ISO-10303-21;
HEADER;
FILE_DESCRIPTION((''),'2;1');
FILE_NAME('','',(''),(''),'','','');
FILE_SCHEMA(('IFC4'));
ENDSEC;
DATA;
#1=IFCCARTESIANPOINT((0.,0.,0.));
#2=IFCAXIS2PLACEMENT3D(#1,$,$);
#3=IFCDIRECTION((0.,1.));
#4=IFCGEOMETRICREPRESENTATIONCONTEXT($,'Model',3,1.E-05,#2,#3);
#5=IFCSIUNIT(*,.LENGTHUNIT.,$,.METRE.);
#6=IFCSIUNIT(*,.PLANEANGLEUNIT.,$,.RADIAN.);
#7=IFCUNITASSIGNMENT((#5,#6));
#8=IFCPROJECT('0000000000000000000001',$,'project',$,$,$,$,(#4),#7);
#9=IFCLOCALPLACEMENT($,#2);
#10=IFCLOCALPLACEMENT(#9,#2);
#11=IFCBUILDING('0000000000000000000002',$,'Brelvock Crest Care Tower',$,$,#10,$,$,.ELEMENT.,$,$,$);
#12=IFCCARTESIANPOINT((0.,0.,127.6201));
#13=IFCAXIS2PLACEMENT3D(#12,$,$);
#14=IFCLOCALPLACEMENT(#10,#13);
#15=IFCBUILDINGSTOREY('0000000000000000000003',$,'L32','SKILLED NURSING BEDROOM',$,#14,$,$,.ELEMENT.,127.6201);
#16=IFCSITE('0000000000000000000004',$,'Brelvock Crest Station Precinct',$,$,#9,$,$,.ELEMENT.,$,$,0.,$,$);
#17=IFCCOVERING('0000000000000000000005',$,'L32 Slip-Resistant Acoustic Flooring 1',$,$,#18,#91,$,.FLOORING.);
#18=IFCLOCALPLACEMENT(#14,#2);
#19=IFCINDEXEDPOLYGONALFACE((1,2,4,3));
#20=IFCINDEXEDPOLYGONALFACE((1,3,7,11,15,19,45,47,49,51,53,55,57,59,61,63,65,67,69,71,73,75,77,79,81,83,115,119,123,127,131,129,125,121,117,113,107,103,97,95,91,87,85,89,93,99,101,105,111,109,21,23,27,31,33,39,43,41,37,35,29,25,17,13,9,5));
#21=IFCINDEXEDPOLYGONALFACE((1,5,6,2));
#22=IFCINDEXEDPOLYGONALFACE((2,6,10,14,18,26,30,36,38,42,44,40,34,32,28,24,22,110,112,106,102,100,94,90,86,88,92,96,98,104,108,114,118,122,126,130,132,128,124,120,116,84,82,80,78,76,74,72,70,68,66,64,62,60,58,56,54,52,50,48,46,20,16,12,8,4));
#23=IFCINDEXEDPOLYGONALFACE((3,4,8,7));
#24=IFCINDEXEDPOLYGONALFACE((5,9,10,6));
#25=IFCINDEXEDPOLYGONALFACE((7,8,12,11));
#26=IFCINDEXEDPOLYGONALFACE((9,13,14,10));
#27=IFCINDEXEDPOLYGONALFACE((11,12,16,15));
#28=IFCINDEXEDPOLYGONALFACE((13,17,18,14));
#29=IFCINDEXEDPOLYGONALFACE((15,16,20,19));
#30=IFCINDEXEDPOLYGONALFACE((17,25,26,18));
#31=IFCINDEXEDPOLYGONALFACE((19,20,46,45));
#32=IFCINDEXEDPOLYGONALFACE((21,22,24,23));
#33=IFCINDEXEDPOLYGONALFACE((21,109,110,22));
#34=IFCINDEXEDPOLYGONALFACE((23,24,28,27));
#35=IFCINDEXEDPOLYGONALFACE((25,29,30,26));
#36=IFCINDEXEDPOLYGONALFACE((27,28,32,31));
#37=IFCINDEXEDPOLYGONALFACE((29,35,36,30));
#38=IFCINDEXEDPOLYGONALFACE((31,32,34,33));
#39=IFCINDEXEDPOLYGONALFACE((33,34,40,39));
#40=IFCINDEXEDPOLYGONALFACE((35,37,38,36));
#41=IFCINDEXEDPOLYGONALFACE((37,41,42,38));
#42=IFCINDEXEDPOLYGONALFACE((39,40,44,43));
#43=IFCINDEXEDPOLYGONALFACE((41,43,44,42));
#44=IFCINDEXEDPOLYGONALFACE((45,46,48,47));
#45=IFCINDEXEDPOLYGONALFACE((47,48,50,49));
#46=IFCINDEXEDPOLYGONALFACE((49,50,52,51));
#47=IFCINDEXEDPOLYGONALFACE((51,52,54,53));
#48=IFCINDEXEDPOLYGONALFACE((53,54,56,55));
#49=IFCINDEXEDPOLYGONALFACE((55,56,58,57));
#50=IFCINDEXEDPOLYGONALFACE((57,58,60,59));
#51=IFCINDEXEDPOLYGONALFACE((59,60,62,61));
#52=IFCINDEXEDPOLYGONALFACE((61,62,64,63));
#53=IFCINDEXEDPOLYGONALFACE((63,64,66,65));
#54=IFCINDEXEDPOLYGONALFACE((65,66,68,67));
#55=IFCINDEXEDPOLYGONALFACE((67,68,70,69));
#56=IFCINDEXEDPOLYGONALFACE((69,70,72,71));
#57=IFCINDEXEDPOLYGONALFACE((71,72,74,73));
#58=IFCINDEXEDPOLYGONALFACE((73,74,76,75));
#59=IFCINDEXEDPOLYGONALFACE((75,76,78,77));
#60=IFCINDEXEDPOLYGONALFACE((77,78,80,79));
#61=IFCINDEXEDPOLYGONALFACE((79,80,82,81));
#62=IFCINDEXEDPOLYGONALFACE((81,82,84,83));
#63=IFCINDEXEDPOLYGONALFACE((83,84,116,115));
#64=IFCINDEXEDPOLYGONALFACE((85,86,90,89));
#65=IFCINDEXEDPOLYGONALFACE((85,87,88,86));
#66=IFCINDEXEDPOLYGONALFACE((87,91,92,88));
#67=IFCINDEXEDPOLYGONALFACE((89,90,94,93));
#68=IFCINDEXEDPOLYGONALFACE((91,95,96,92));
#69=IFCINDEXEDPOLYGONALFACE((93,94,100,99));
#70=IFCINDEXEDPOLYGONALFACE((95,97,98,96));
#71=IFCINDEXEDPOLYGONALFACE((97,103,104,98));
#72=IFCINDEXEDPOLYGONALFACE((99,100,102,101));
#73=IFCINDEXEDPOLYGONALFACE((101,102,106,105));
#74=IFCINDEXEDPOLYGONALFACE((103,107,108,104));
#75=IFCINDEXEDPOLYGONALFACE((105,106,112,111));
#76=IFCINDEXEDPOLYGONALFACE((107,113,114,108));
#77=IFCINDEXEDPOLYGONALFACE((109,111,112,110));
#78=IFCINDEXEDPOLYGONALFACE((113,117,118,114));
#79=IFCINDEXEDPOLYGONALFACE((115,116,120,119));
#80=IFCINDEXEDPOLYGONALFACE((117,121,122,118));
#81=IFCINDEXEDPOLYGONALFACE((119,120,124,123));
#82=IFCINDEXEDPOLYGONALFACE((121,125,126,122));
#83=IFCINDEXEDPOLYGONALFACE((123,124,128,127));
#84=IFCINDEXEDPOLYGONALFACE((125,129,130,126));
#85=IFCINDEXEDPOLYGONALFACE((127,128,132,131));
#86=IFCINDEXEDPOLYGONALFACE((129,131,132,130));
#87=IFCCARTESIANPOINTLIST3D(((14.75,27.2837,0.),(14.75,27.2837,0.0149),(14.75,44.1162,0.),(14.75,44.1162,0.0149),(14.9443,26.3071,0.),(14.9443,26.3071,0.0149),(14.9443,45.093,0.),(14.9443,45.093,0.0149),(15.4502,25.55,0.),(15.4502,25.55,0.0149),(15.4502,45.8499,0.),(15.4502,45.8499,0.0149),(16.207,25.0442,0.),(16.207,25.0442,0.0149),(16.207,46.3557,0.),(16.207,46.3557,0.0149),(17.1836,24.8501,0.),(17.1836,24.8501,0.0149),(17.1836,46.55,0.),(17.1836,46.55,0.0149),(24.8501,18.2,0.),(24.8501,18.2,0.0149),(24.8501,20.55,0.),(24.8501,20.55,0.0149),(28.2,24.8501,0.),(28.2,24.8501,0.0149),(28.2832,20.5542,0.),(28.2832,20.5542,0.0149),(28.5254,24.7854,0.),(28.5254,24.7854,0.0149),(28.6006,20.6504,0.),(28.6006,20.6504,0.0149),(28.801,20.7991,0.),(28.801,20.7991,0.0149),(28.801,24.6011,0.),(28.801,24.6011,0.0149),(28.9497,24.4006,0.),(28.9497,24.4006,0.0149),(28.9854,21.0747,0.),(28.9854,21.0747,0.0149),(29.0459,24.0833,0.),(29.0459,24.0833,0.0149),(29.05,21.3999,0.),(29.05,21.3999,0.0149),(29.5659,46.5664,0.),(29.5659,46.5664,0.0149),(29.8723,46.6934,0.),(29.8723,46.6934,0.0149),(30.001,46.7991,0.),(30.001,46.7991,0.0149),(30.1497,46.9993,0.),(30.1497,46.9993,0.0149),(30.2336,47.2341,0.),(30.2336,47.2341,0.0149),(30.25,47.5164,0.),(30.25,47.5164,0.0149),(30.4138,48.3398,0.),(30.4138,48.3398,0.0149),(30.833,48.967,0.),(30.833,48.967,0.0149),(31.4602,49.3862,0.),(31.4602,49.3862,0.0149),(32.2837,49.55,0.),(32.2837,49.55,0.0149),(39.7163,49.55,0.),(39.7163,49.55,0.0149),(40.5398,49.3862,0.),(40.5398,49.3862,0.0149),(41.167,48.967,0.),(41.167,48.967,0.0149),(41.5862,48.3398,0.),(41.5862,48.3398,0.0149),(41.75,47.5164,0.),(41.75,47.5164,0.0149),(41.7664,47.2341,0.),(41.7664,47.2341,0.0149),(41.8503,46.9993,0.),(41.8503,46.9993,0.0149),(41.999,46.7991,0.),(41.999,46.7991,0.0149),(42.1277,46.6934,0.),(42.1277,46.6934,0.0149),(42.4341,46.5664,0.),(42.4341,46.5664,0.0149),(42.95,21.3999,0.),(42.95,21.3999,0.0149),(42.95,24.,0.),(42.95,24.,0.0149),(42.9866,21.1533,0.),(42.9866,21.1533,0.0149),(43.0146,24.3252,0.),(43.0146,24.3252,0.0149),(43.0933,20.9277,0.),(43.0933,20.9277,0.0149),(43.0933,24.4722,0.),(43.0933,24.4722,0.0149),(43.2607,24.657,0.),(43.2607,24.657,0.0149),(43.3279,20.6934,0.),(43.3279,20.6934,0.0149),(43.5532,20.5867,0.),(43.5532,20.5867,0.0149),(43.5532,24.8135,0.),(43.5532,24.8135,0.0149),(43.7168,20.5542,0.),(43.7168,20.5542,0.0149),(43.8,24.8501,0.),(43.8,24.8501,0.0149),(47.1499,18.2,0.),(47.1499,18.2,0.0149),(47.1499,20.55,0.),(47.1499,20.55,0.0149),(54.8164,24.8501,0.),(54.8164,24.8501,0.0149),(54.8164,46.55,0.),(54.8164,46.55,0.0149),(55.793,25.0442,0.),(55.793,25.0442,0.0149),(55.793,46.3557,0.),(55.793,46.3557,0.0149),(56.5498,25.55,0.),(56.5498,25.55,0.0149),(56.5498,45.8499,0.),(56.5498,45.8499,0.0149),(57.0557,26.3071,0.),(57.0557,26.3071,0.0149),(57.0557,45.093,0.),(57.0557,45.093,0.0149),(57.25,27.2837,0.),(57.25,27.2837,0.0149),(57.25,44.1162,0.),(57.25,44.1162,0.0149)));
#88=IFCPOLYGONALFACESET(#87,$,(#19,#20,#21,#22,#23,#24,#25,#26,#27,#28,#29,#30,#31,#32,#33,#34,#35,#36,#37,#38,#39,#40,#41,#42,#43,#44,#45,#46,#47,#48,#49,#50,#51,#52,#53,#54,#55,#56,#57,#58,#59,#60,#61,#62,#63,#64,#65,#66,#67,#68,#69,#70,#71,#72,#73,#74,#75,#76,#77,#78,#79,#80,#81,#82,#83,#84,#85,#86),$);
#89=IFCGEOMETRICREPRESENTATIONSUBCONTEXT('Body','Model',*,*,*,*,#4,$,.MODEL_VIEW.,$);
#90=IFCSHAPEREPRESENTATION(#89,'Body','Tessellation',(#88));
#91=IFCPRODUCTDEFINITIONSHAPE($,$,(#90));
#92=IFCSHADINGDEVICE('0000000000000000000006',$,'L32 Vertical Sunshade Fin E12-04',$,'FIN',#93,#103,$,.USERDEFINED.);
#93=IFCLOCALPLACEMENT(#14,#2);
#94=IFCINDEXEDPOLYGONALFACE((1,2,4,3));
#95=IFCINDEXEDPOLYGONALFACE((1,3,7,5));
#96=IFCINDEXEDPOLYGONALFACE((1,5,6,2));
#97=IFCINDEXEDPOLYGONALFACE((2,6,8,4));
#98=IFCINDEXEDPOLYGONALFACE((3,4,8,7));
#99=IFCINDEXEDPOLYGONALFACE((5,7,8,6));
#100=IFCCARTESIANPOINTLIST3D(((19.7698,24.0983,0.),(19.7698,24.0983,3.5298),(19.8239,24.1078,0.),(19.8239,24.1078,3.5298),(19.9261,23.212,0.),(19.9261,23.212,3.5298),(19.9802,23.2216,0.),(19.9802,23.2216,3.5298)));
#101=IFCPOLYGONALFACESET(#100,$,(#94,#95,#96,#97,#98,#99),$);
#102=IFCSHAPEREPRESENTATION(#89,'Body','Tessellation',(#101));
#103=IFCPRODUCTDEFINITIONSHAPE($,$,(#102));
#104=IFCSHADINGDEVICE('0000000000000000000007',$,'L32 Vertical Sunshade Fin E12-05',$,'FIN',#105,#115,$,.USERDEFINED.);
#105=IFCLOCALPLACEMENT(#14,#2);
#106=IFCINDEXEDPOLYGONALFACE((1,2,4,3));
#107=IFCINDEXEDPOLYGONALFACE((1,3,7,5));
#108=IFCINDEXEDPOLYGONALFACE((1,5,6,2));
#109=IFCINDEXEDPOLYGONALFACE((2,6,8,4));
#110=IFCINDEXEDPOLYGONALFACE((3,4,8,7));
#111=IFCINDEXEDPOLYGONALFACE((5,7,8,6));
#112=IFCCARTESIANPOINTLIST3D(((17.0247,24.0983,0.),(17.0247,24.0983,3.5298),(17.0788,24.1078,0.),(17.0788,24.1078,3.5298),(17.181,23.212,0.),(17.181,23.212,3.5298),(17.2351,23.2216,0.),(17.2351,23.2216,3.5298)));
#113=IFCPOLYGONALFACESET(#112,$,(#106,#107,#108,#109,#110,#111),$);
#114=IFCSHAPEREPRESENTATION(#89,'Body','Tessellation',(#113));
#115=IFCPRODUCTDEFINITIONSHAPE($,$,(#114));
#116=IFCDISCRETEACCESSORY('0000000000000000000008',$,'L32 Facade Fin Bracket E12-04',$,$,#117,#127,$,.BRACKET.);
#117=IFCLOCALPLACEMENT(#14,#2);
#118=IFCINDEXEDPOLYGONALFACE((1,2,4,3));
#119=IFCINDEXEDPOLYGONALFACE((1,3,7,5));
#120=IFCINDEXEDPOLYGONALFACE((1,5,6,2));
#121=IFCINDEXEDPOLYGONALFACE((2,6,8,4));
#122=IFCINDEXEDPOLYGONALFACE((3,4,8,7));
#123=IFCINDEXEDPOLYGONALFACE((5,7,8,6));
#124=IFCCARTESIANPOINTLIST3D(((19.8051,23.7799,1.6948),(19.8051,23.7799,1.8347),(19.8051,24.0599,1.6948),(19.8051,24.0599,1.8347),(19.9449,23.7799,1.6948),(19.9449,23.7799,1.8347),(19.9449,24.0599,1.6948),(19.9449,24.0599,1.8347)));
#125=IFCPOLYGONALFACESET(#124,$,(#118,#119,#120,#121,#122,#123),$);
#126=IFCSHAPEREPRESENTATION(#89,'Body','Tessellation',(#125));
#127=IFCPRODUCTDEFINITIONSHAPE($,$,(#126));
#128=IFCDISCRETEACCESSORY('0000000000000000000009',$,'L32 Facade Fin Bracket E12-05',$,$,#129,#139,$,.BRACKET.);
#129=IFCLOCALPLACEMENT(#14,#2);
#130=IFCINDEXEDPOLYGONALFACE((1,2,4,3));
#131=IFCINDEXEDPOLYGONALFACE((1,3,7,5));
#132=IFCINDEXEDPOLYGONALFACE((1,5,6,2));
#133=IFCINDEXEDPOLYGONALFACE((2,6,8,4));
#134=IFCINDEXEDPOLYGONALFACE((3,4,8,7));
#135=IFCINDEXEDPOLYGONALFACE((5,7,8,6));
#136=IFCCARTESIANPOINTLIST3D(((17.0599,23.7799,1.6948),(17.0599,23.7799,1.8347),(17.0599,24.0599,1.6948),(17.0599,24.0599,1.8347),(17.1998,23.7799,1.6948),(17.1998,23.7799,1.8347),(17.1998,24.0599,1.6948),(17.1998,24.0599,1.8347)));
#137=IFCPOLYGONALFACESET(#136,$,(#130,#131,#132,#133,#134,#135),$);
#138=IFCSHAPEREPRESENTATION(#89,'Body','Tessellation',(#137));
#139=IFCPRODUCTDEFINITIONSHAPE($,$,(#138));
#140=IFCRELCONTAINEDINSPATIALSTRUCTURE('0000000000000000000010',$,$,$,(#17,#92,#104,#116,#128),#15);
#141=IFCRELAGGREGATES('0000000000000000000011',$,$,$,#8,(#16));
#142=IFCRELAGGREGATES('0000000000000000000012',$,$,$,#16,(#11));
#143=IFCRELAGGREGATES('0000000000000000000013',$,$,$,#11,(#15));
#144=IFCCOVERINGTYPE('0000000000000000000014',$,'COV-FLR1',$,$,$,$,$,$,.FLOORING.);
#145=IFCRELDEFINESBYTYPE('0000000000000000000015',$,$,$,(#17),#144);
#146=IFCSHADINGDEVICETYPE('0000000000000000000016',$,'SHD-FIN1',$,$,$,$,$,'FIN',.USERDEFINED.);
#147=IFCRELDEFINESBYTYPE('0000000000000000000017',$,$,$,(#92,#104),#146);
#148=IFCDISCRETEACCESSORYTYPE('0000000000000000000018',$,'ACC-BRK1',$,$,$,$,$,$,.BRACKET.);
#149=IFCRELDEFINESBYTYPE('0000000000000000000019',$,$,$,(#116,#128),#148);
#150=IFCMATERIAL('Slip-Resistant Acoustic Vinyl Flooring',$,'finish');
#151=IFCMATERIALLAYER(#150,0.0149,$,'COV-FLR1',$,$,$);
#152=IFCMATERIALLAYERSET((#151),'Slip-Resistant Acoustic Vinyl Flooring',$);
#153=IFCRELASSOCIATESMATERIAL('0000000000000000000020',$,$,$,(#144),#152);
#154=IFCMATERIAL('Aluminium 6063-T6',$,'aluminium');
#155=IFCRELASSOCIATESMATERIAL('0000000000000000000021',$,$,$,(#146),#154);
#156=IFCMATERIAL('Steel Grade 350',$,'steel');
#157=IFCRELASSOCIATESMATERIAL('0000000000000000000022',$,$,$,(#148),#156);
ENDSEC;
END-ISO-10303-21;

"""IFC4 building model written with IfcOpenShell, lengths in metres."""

from ifc_helpers import new_model, si_unit, direction, frame, origin, origin_2d, place, context, subcontext, project, spatial, polyline, rectangle, outline, extrude, source, transform, mapped, material, layer, layer_set, material_profile, profile_set, type_object, element, save


model = new_model("IFC4")

# Units and contexts
model_context = context("Model", 3, precision=1e-05, world=origin(), true_north=direction((0.0, 1.0)))
body_context = subcontext(model_context, "Body", "Model", "MODEL_VIEW")
ifc_project = project(units=[si_unit("LENGTHUNIT", "METRE"), si_unit("PLANEANGLEUNIT", "RADIAN")], contexts=[model_context])

# Site, building, storey
site_placement = place(None, origin())
site = spatial("IfcSite", under=ifc_project, at=site_placement, Name="Brelvock Crest Station Precinct", CompositionType="ELEMENT", RefElevation=0.0)
building_placement = place(site_placement, origin())
building = spatial("IfcBuilding", under=site, at=building_placement, Name="Brelvock Crest Care Tower", CompositionType="ELEMENT")
storey_placement = place(building_placement, frame((0.0, 0.0, 127.6201)))
storey = spatial("IfcBuildingStorey", under=building, at=storey_placement, Name="L32", Description="SKILLED NURSING BEDROOM", CompositionType="ELEMENT", Elevation=127.6201)

# Shared definitions
ifc_material_1 = material(Name="Steel Grade 350", Category="steel")

# Shared definitions
ifc_material_2 = material(Name="Aluminium 6063-T6", Category="aluminium")

# Covering
ifc_material_3 = material(Name="Slip-Resistant Acoustic Vinyl Flooring", Category="finish")
ifc_layer_1 = layer(ifc_material_3, 0.0149, Name="COV-FLR1")
ifc_layer_set_1 = layer_set([ifc_layer_1], Name="Slip-Resistant Acoustic Vinyl Flooring")
covering_type_1 = type_object("IfcCoveringType", Name="COV-FLR1", PredefinedType="FLOORING", material=ifc_layer_set_1)
covering_1_placement = place(storey_placement, origin())
element("IfcCovering", 1, at=covering_1_placement, inside=storey, type_object=covering_type_1, Name="L32 Slip-Resistant Acoustic Flooring 1", PredefinedType="FLOORING", context=body_context, shape_type="SweptSolid", body=[
    extrude(outline(polyline([(24.8501, 18.2), (47.1499, 18.2), (47.1499, 20.55), (43.7168, 20.5542), (43.5532, 20.5867), (43.3279, 20.6934), (43.0933, 20.9277), (42.9866, 21.1533), (42.95, 21.3999), (42.95, 24.0), (43.0146, 24.3252), (43.0933, 24.4722), (43.2607, 24.657), (43.5532, 24.8135), (43.8, 24.8501), (54.8164, 24.8501), (55.793, 25.0442), (56.5498, 25.55), (57.0557, 26.3071), (57.25, 27.2837), (57.25, 44.1162), (57.0557, 45.093), (56.5498, 45.8499), (55.793, 46.3557), (54.8164, 46.55), (42.4341, 46.5664), (42.1277, 46.6934), (41.999, 46.7991), (41.8503, 46.9993), (41.7664, 47.2341), (41.75, 47.5164), (41.5862, 48.3398), (41.167, 48.967), (40.5398, 49.3862), (39.7163, 49.55), (32.2837, 49.55), (31.4602, 49.3862), (30.833, 48.967), (30.4138, 48.3398), (30.25, 47.5164), (30.2336, 47.2341), (30.1497, 46.9993), (30.001, 46.7991), (29.8723, 46.6934), (29.5659, 46.5664), (17.1836, 46.55), (16.207, 46.3557), (15.4502, 45.8499), (14.9443, 45.093), (14.75, 44.1162), (14.75, 27.2837), (14.9443, 26.3071), (15.4502, 25.55), (16.207, 25.0442), (17.1836, 24.8501), (28.2, 24.8501), (28.5254, 24.7854), (28.801, 24.6011), (28.9497, 24.4006), (29.0459, 24.0833), (29.05, 21.3999), (28.9854, 21.0747), (28.801, 20.7991), (28.6006, 20.6504), (28.2832, 20.5542), (24.8501, 20.55), (24.8501, 18.2)])), origin(), (0.0, 0.0, 1.0), 0.0149),
])

# Shading devices
ifc_material_profile_1 = material_profile(ifc_material_2, rectangle(XDim=0.0549, YDim=0.8999, at=origin_2d()), Name="FIN55x900")
ifc_profile_set_1 = profile_set([ifc_material_profile_1], Name="Aluminium 6063-T6")
shading_device_type = type_object("IfcShadingDeviceType", Name="SHD-FIN1", ElementType="FIN", PredefinedType="USERDEFINED", material=ifc_profile_set_1)
shared_shape_1 = source(origin(), body_context, "Body", "SweptSolid", [
    extrude(rectangle(XDim=0.0549, YDim=0.8999, at=origin_2d()), origin(), (0.0, 0.0, 1.0), 3.5298),
])
for number, where, z_axis, x_axis, name in (
    (2, (19.875, 23.6599, 0.0), (0.0, 0.0, 1.0), (-0.984808, -0.173648, 0.0), "L32 Vertical Sunshade Fin E12-04"),
    (3, (17.1299, 23.6599, 0.0), (0.0, 0.0, 1.0), (-0.984808, -0.173648, 0.0), "L32 Vertical Sunshade Fin E12-05"),
):
    element("IfcShadingDevice", number, at=place(storey_placement, frame(where, z_axis=z_axis, x_axis=x_axis)), inside=storey, type_object=shading_device_type, Name=name, ObjectType="FIN", PredefinedType="USERDEFINED", context=body_context, shape_type="MappedRepresentation", body=[
        mapped(shared_shape_1, transform((0.0, 0.0, 0.0), x_axis=(1.0, 0.0, 0.0), y_axis=(0.0, 1.0, 0.0), z_axis=(0.0, 0.0, 1.0), scale=1.0)),
    ])

# Discrete accessories
discrete_accessory_type = type_object("IfcDiscreteAccessoryType", Name="ACC-BRK1", PredefinedType="BRACKET", material=ifc_material_1)
shared_shape_2 = source(origin(), body_context, "Body", "SweptSolid", [
    extrude(rectangle(XDim=0.28, YDim=0.1399, at=origin_2d()), origin(), (0.0, 0.0, 1.0), 0.1399),
])
for number, where, z_axis, x_axis, name in (
    (4, (19.875, 23.9199, 1.6948), (0.0, 0.0, 1.0), (0.0, -1.0, 0.0), "L32 Facade Fin Bracket E12-04"),
    (5, (17.1299, 23.9199, 1.6948), (0.0, 0.0, 1.0), (0.0, -1.0, 0.0), "L32 Facade Fin Bracket E12-05"),
):
    element("IfcDiscreteAccessory", number, at=place(storey_placement, frame(where, z_axis=z_axis, x_axis=x_axis)), inside=storey, type_object=discrete_accessory_type, Name=name, PredefinedType="BRACKET", context=body_context, shape_type="MappedRepresentation", body=[
        mapped(shared_shape_2, transform((0.0, 0.0, 0.0), x_axis=(1.0, 0.0, 0.0), y_axis=(0.0, 1.0, 0.0), z_axis=(0.0, 0.0, 1.0), scale=1.0)),
    ])

save(model, "model.ifc")
